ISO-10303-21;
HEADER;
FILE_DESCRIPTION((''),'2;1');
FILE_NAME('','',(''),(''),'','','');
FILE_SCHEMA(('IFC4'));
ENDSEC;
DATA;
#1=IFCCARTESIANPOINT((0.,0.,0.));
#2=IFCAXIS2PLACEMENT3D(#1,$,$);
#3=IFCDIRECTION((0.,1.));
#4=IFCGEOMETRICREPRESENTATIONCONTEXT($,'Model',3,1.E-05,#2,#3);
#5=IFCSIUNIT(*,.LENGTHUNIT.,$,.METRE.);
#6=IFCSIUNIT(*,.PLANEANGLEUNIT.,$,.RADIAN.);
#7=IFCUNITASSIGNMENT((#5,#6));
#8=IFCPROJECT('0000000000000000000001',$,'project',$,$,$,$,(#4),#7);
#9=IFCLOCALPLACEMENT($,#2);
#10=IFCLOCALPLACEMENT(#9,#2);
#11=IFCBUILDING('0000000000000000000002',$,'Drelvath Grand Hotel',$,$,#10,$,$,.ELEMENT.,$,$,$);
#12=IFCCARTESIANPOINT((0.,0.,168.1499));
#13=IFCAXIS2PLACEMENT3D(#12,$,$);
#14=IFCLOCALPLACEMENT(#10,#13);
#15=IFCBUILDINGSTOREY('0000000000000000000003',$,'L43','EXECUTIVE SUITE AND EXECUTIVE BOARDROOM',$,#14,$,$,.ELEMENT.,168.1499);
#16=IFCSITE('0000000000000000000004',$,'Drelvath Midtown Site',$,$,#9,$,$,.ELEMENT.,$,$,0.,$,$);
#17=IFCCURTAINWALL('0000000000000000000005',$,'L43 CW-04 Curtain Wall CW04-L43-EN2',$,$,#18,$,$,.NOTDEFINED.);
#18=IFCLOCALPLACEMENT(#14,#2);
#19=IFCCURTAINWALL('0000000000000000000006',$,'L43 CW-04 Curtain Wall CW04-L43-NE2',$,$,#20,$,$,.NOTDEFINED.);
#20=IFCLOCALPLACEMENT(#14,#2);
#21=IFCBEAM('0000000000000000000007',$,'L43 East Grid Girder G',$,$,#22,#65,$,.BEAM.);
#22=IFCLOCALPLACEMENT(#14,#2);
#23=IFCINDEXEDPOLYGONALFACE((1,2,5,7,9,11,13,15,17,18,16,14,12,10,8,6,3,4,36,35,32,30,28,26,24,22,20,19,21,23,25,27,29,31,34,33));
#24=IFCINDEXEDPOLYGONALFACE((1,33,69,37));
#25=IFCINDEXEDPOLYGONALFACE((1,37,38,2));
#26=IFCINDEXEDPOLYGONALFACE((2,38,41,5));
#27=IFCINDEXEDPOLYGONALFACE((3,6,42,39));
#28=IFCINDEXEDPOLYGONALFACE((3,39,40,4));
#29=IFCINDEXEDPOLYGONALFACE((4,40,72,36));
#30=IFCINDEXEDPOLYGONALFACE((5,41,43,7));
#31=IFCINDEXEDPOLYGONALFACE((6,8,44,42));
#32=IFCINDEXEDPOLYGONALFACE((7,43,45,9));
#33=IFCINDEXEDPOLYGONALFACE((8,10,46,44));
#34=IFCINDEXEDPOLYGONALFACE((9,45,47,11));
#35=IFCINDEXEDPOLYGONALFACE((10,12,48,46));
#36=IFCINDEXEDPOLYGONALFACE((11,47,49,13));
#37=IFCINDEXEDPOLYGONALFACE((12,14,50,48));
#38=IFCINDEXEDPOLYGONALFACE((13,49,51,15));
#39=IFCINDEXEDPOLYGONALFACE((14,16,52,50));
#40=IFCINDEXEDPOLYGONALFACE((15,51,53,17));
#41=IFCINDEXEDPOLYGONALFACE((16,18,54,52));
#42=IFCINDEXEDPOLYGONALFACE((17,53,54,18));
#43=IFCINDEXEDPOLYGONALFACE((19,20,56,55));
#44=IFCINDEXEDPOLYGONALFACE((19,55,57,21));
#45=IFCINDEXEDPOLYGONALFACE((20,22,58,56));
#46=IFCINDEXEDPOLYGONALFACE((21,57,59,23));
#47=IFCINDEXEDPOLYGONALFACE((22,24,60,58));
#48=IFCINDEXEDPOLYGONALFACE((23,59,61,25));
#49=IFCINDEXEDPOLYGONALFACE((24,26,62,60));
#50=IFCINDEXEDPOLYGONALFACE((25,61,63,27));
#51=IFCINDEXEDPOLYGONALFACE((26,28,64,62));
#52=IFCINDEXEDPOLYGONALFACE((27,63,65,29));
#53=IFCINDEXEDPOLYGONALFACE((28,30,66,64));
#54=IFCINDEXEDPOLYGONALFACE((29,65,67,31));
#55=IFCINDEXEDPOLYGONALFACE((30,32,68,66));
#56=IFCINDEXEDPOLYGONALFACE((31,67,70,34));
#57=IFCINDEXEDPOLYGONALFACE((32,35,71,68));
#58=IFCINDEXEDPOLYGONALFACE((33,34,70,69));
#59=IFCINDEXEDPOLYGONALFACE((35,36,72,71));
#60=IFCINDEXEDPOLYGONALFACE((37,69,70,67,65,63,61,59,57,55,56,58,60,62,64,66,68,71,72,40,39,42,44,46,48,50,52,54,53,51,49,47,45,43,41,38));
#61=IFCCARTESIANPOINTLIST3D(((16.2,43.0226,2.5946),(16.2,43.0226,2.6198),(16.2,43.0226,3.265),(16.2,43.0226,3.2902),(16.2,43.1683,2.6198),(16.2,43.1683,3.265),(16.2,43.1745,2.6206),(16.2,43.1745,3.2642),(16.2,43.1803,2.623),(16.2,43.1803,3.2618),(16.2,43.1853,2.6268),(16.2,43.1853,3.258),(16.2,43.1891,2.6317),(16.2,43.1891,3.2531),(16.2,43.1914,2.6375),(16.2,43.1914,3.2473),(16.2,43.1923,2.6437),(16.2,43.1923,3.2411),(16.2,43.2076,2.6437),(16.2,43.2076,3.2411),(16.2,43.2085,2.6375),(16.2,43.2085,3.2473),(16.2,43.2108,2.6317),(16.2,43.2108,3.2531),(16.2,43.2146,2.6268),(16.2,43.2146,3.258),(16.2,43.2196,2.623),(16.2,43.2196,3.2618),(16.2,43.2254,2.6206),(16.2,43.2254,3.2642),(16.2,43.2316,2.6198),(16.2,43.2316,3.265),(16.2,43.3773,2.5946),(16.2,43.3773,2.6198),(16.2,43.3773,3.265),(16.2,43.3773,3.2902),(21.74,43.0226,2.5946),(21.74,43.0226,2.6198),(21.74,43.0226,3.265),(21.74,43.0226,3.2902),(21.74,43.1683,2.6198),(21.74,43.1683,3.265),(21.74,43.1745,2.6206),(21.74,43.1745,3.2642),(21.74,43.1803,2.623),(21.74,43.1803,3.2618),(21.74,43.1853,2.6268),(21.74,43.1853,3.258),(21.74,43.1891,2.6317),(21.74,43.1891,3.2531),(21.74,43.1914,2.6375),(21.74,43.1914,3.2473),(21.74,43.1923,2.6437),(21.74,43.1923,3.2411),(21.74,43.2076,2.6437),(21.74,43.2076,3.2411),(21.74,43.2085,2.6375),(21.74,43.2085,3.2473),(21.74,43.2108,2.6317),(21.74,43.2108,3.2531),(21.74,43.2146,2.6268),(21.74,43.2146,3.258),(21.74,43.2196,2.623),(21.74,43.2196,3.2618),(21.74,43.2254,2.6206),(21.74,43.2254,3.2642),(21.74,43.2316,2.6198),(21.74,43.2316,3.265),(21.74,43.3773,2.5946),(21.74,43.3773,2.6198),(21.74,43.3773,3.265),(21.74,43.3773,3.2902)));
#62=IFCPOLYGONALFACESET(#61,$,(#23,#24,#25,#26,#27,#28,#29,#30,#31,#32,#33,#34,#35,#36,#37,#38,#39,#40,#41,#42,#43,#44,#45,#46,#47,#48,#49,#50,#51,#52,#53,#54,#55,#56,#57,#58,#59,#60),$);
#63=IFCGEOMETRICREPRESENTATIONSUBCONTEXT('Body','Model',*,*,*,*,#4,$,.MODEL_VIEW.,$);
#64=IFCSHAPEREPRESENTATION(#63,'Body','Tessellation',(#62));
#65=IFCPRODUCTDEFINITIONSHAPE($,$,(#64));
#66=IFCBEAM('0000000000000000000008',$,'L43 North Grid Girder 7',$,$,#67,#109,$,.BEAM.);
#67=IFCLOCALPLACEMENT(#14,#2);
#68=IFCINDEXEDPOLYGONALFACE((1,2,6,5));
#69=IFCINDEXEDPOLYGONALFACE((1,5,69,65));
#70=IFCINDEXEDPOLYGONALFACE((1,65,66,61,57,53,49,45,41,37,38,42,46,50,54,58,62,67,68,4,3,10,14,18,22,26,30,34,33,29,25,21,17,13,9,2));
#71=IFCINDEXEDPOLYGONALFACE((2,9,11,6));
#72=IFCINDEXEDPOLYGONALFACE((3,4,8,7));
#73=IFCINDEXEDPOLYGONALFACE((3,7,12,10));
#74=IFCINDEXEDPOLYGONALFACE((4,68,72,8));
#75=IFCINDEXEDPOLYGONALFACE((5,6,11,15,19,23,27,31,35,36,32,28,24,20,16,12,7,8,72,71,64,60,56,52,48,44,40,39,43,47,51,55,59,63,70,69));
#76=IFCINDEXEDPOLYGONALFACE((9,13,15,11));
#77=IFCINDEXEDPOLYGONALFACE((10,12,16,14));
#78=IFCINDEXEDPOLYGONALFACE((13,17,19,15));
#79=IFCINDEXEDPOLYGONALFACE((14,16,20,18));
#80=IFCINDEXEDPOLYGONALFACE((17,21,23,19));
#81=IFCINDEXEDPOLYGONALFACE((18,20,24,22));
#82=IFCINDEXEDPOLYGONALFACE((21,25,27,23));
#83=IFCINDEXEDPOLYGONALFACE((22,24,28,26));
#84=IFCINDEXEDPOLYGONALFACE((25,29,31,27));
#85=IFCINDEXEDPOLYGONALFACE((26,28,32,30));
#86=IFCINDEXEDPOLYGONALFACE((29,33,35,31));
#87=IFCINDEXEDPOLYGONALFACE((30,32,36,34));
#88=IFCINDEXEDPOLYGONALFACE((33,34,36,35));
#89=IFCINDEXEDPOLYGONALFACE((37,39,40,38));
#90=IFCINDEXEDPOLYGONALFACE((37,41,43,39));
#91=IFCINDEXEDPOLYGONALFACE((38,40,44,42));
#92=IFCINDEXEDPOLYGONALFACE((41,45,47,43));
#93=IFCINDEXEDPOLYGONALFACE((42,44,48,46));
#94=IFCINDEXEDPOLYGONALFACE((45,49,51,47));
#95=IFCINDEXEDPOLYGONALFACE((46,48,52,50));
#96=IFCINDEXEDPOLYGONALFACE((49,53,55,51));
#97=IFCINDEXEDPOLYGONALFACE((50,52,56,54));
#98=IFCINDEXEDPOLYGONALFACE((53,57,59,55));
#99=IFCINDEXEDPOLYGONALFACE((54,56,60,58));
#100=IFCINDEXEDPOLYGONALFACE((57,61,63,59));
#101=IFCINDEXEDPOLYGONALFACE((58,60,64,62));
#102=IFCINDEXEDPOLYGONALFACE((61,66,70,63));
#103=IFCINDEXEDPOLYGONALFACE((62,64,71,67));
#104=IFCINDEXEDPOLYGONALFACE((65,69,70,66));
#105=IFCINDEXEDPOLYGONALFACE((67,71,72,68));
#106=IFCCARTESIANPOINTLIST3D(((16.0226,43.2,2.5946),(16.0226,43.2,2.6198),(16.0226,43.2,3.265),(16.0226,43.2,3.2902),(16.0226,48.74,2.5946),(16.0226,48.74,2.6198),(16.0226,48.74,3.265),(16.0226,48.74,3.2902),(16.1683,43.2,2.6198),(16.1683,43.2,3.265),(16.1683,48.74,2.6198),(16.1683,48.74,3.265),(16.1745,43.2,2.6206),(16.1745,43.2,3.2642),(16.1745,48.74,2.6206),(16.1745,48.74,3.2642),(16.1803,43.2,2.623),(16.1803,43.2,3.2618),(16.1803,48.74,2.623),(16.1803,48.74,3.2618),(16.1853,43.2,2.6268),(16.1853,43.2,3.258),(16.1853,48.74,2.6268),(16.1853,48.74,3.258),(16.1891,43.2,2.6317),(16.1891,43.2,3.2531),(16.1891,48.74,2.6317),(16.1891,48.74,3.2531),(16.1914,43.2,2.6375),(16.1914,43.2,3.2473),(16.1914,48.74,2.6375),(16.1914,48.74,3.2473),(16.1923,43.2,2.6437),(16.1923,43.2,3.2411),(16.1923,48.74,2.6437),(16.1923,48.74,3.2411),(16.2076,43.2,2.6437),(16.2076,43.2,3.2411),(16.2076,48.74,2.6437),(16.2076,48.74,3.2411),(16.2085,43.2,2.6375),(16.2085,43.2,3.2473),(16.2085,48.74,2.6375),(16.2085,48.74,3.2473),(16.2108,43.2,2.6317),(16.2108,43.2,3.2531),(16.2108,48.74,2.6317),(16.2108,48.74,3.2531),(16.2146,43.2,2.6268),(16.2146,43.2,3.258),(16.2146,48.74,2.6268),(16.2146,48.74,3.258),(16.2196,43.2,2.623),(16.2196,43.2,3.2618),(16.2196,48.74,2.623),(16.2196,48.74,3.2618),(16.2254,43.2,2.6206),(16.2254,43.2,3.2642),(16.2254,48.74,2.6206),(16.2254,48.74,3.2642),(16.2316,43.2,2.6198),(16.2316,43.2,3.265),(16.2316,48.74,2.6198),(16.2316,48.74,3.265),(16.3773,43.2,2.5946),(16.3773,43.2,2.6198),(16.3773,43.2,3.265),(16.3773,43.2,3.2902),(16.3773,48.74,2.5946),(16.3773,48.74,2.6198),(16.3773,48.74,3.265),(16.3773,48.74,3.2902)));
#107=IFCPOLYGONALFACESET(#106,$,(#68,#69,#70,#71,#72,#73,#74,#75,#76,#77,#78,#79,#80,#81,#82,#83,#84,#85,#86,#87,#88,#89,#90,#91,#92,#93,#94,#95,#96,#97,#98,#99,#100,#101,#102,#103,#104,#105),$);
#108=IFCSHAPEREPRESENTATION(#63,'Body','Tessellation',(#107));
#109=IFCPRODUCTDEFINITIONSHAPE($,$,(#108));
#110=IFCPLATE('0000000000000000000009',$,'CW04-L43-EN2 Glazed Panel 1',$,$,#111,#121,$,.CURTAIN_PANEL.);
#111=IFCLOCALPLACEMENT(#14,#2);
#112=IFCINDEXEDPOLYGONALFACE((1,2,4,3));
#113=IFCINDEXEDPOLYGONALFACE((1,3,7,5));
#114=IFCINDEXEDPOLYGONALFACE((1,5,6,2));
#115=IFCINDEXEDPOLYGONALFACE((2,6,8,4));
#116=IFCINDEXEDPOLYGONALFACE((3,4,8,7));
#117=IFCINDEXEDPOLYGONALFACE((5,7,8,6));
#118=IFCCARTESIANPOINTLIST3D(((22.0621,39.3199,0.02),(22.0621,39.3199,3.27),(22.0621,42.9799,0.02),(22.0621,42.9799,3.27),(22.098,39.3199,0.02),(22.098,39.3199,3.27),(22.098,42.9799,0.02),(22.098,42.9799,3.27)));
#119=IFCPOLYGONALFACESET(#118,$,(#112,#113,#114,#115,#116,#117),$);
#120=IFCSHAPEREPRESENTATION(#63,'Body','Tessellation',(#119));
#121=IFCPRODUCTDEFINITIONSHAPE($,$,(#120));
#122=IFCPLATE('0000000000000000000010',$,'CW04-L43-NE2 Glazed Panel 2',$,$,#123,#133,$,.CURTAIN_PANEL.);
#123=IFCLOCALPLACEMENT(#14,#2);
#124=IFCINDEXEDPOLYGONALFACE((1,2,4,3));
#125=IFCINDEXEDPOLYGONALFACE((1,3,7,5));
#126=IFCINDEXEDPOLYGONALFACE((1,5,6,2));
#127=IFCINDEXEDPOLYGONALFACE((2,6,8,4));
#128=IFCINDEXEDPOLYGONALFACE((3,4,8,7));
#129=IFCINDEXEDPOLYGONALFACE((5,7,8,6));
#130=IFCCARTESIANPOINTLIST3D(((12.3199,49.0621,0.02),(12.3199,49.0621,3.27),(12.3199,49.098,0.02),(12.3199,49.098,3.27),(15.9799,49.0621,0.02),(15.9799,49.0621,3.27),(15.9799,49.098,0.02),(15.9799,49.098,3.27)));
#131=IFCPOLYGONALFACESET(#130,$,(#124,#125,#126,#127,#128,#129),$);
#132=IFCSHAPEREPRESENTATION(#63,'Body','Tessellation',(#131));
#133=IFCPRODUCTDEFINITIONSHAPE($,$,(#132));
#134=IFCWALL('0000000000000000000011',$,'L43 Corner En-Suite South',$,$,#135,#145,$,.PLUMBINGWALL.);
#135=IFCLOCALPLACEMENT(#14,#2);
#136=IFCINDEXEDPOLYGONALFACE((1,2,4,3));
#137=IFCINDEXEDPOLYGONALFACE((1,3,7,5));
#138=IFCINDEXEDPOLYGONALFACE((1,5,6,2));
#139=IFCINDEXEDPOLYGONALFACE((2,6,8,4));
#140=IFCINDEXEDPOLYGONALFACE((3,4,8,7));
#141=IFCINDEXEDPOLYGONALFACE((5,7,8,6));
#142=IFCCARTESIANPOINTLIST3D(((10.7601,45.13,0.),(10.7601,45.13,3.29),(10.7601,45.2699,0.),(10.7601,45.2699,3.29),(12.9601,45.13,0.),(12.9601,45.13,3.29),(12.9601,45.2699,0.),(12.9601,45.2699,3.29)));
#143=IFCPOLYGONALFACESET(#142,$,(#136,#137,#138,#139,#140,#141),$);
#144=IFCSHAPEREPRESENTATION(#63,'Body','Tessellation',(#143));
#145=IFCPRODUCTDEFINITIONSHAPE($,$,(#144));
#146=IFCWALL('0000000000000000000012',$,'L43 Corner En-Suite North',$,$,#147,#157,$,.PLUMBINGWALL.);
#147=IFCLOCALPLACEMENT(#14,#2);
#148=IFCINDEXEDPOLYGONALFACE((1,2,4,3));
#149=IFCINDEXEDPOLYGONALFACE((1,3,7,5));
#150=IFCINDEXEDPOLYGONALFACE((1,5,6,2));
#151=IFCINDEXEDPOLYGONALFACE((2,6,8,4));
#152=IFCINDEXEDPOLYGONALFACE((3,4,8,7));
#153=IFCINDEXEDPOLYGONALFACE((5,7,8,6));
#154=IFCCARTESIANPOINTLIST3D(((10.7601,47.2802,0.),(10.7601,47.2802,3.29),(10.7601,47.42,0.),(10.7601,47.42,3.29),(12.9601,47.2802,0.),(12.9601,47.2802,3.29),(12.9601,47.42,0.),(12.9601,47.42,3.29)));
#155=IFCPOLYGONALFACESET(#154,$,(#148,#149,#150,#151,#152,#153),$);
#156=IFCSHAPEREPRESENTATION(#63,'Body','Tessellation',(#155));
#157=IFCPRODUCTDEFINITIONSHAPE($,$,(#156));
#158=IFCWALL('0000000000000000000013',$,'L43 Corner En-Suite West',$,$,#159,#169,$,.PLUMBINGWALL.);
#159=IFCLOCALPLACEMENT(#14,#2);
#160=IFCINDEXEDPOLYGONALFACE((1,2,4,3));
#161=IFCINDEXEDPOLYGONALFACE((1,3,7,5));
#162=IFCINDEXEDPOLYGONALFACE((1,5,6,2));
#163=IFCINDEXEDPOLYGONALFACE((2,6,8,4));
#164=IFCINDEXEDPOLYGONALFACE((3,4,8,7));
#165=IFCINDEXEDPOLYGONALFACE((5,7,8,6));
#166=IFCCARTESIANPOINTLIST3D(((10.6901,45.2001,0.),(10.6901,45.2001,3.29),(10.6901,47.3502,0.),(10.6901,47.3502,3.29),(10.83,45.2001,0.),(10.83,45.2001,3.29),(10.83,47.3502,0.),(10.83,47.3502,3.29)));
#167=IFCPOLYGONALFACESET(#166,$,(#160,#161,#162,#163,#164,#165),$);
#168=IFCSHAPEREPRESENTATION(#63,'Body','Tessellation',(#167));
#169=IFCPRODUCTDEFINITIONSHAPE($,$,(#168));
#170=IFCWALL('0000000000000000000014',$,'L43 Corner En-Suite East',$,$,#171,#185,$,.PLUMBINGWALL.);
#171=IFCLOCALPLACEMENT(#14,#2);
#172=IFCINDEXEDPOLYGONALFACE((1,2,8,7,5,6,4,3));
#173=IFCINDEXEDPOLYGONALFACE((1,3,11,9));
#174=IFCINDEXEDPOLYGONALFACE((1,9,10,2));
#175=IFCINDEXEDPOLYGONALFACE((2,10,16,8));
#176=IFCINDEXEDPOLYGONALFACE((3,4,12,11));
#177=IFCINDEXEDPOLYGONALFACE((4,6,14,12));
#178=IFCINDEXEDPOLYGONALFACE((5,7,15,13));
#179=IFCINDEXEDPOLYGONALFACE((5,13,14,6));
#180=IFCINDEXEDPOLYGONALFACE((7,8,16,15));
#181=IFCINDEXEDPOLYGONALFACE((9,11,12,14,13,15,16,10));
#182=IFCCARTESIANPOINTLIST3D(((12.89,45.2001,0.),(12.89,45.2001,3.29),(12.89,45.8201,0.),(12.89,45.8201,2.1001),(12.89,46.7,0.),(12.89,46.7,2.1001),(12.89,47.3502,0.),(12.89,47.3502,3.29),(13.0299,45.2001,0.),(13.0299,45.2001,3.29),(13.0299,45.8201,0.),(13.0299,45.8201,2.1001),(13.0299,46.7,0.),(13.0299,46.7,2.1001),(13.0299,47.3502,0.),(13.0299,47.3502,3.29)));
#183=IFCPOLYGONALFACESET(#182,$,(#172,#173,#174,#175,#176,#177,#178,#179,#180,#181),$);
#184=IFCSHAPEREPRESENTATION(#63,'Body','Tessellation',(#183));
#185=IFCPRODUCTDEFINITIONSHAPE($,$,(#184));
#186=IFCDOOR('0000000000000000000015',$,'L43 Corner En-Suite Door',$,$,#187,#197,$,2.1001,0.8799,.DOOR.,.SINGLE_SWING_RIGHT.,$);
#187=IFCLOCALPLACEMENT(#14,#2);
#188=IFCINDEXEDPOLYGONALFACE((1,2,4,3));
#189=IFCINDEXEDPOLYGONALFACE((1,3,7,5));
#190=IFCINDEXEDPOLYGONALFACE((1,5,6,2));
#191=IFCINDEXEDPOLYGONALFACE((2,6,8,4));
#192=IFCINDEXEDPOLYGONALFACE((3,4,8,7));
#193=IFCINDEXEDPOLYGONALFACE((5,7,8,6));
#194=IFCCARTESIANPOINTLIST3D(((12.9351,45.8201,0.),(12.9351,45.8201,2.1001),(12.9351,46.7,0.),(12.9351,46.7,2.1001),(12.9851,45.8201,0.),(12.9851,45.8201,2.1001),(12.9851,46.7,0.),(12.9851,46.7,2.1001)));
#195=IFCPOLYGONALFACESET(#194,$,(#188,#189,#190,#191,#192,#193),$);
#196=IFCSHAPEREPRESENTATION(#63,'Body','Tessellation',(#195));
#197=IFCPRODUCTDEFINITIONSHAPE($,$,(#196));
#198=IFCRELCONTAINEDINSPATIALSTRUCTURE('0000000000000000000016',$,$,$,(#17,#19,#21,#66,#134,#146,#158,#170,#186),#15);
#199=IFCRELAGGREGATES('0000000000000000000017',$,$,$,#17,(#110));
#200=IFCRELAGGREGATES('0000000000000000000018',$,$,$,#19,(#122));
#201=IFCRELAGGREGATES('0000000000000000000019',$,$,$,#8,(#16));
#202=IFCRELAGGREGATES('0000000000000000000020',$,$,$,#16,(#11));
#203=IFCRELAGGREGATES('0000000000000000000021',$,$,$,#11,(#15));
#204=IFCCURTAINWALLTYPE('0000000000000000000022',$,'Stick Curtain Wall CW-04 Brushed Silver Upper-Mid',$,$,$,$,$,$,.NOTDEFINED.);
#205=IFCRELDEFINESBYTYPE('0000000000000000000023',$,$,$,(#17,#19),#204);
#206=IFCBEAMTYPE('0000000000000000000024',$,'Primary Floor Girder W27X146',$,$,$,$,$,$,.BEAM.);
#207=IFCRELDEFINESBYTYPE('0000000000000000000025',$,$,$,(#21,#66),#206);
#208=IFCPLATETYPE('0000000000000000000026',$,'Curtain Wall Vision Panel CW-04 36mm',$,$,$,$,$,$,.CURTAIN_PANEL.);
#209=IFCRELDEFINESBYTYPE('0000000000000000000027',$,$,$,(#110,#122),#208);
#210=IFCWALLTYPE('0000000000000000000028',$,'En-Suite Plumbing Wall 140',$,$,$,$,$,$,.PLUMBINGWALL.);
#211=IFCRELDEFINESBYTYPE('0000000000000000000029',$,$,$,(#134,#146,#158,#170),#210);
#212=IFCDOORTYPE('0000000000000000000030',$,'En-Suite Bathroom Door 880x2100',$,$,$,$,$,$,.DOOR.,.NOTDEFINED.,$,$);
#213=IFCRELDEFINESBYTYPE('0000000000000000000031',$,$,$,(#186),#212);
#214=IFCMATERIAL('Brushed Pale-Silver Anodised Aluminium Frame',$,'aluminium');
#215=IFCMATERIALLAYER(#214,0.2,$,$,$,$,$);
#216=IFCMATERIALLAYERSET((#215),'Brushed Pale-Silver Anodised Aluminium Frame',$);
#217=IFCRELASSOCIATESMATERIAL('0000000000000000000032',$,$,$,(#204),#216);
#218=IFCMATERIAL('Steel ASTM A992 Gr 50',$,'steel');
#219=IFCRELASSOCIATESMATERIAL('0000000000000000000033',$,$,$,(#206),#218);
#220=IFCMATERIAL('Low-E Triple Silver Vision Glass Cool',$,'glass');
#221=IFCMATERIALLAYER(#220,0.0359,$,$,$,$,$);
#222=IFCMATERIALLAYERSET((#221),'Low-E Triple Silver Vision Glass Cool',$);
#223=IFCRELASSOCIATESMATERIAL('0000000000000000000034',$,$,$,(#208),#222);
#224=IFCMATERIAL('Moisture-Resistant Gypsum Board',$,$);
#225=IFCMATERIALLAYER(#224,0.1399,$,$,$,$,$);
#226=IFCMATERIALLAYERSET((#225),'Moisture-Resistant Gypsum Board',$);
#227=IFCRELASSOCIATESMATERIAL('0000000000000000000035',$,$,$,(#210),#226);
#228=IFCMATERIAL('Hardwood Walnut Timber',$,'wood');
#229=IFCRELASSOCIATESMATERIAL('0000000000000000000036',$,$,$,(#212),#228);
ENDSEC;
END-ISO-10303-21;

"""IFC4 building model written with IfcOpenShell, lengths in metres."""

from ifc_helpers import new_model, si_unit, direction, frame, frame_2d, origin, origin_2d, place, context, subcontext, project, spatial, rectangle, i_section, extrude, material, layer, layer_set, material_profile, profile_set, type_object, element, fill, aggregate, save


model = new_model("IFC4")

# Units and contexts
model_context = context("Model", 3, precision=1e-05, world=origin(), true_north=direction((0.0, 1.0)))
body_context = subcontext(model_context, "Body", "Model", "MODEL_VIEW")
ifc_project = project(units=[si_unit("LENGTHUNIT", "METRE"), si_unit("PLANEANGLEUNIT", "RADIAN")], contexts=[model_context])

# Site, building, storey
site_placement = place(None, origin())
site = spatial("IfcSite", under=ifc_project, at=site_placement, Name="Drelvath Midtown Site", CompositionType="ELEMENT", RefElevation=0.0)
building_placement = place(site_placement, origin())
building = spatial("IfcBuilding", under=site, at=building_placement, Name="Drelvath Grand Hotel", CompositionType="ELEMENT")
storey_placement = place(building_placement, frame((0.0, 0.0, 168.1499)))
storey = spatial("IfcBuildingStorey", under=building, at=storey_placement, Name="L43", Description="EXECUTIVE SUITE AND EXECUTIVE BOARDROOM", CompositionType="ELEMENT", Elevation=168.1499)

# Curtain walls
ifc_material_1 = material(Name="Brushed Pale-Silver Anodised Aluminium Frame", Category="aluminium")
ifc_layer_1 = layer(ifc_material_1, 0.2)
ifc_layer_set_1 = layer_set([ifc_layer_1], Name="Brushed Pale-Silver Anodised Aluminium Frame")
curtain_wall_type = type_object("IfcCurtainWallType", Name="Stick Curtain Wall CW-04 Brushed Silver Upper-Mid", PredefinedType="NOTDEFINED", material=ifc_layer_set_1)
curtain_wall_1_placement = place(storey_placement, origin())
curtain_wall_1 = element("IfcCurtainWall", 1, at=curtain_wall_1_placement, inside=storey, type_object=curtain_wall_type, Name="L43 CW-04 Curtain Wall CW04-L43-EN2", PredefinedType="NOTDEFINED")
curtain_wall_2_placement = place(storey_placement, origin())
curtain_wall_2 = element("IfcCurtainWall", 2, at=curtain_wall_2_placement, inside=storey, type_object=curtain_wall_type, Name="L43 CW-04 Curtain Wall CW04-L43-NE2", PredefinedType="NOTDEFINED")

# Beams
ifc_material_2 = material(Name="Steel ASTM A992 Gr 50", Category="steel")
ifc_material_profile_1 = material_profile(ifc_material_2, i_section(OverallWidth=0.3547, OverallDepth=0.6956, WebThickness=0.0154, FlangeThickness=0.0251, FilletRadius=0.0239, at=origin_2d()), Name="W27X146")
ifc_profile_set_1 = profile_set([ifc_material_profile_1], Name="Steel ASTM A992 Gr 50")
beam_type = type_object("IfcBeamType", Name="Primary Floor Girder W27X146", PredefinedType="BEAM", material=ifc_profile_set_1)
for number, where, z_axis, x_axis, name in (
    (3, (16.2, 43.2, 2.9424), (1.0, 0.0, 0.0), (0.0, 1.0, 0.0), "L43 East Grid Girder G"),
    (4, (16.2, 43.2, 2.9424), (0.0, 1.0, 0.0), (-1.0, 0.0, 0.0), "L43 North Grid Girder 7"),
):
    element("IfcBeam", number, at=place(storey_placement, frame(where, z_axis=z_axis, x_axis=x_axis)), inside=storey, type_object=beam_type, Name=name, PredefinedType="BEAM", context=body_context, shape_type="SweptSolid", body=[
        extrude(i_section(OverallWidth=0.3547, OverallDepth=0.6956, WebThickness=0.0154, FlangeThickness=0.0251, FilletRadius=0.0239, at=origin_2d()), origin(), (0.0, 0.0, 1.0), 5.54),
    ])

# Plates
ifc_material_3 = material(Name="Low-E Triple Silver Vision Glass Cool", Category="glass")
ifc_layer_2 = layer(ifc_material_3, 0.0359)
ifc_layer_set_2 = layer_set([ifc_layer_2], Name="Low-E Triple Silver Vision Glass Cool")
plate_type = type_object("IfcPlateType", Name="Curtain Wall Vision Panel CW-04 36mm", PredefinedType="CURTAIN_PANEL", material=ifc_layer_set_2)
plate_1_placement = place(storey_placement, frame((22.0801, 41.1499, 0.02), z_axis=(0.0, 0.0, 1.0), x_axis=(0.0, -1.0, 0.0)))
plate_1 = element("IfcPlate", 5, at=plate_1_placement, type_object=plate_type, Name="CW04-L43-EN2 Glazed Panel 1", PredefinedType="CURTAIN_PANEL", context=body_context, shape_type="SweptSolid", body=[
    extrude(rectangle(XDim=3.6599, YDim=0.0359, at=origin_2d()), origin(), (0.0, 0.0, 1.0), 3.25),
])
aggregate(curtain_wall_1, [plate_1])
plate_2_placement = place(storey_placement, frame((14.1499, 49.0801, 0.02), z_axis=(0.0, 0.0, 1.0), x_axis=(1.0, 0.0, 0.0)))
plate_2 = element("IfcPlate", 6, at=plate_2_placement, type_object=plate_type, Name="CW04-L43-NE2 Glazed Panel 2", PredefinedType="CURTAIN_PANEL", context=body_context, shape_type="SweptSolid", body=[
    extrude(rectangle(XDim=3.6599, YDim=0.0359, at=origin_2d()), origin(), (0.0, 0.0, 1.0), 3.25),
])
aggregate(curtain_wall_2, [plate_2])

# Walls
ifc_material_4 = material(Name="Moisture-Resistant Gypsum Board")
ifc_layer_3 = layer(ifc_material_4, 0.1399)
ifc_layer_set_3 = layer_set([ifc_layer_3], Name="Moisture-Resistant Gypsum Board")
wall_type_1 = type_object("IfcWallType", Name="En-Suite Plumbing Wall 140", PredefinedType="PLUMBINGWALL", material=ifc_layer_set_3)
for number, where, z_axis, x_axis, name in (
    (7, (10.76, 45.2, 0.0), (0.0, 0.0, 1.0), (1.0, 0.0, 0.0), "L43 Corner En-Suite South"),
    (8, (10.76, 47.3501, 0.0), (0.0, 0.0, 1.0), (1.0, 0.0, 0.0), "L43 Corner En-Suite North"),
):
    element("IfcWall", number, at=place(storey_placement, frame(where, z_axis=z_axis, x_axis=x_axis)), inside=storey, type_object=wall_type_1, Name=name, PredefinedType="PLUMBINGWALL", context=body_context, shape_type="SweptSolid", body=[
        extrude(rectangle(XDim=2.2, YDim=0.1399, at=frame_2d((1.1001, 0.0))), origin(), (0.0, 0.0, 1.0), 3.29),
    ])
wall_1_placement = place(storey_placement, frame((10.76, 45.2, 0.0), z_axis=(0.0, 0.0, 1.0), x_axis=(0.0, 1.0, 0.0)))
element("IfcWall", 9, at=wall_1_placement, inside=storey, type_object=wall_type_1, Name="L43 Corner En-Suite West", PredefinedType="PLUMBINGWALL", context=body_context, shape_type="SweptSolid", body=[
    extrude(rectangle(XDim=2.1501, YDim=0.1399, at=frame_2d((1.0752, 0.0))), origin(), (0.0, 0.0, 1.0), 3.29),
])

# Wall, opening, door
wall_2_placement = place(storey_placement, frame((12.96, 45.2, 0.0), z_axis=(0.0, 0.0, 1.0), x_axis=(0.0, 1.0, 0.0)))
wall_2 = element("IfcWall", 10, at=wall_2_placement, inside=storey, type_object=wall_type_1, Name="L43 Corner En-Suite East", PredefinedType="PLUMBINGWALL", context=body_context, shape_type="SweptSolid", body=[
    extrude(rectangle(XDim=2.1501, YDim=0.1399, at=frame_2d((1.0752, 0.0))), origin(), (0.0, 0.0, 1.0), 3.29),
])
opening_1_placement = place(wall_2_placement, frame((0.6201, 0.0, 0.0)))
opening_1 = element("IfcOpeningElement", 11, at=opening_1_placement, cuts=wall_2, PredefinedType="OPENING", context=body_context, shape_type="SweptSolid", body=[
    extrude(rectangle(XDim=0.8799, YDim=2.1001, at=frame_2d((0.4399, 1.05))), frame((0.0, 0.0798, 0.0), z_axis=(0.0, -1.0, 0.0), x_axis=(1.0, 0.0, 0.0)), (0.0, 0.0, 1.0), 0.1599),
])
ifc_material_5 = material(Name="Hardwood Walnut Timber", Category="wood")
door_type = type_object("IfcDoorType", Name="En-Suite Bathroom Door 880x2100", OperationType="NOTDEFINED", PredefinedType="DOOR", material=ifc_material_5)
door_1_placement = place(opening_1_placement, origin())
door_1 = element("IfcDoor", 12, at=door_1_placement, inside=storey, type_object=door_type, Name="L43 Corner En-Suite Door", OperationType="SINGLE_SWING_RIGHT", OverallHeight=2.1001, OverallWidth=0.8799, PredefinedType="DOOR", context=body_context, shape_type="SweptSolid", body=[
    extrude(rectangle(XDim=0.8799, YDim=2.1001, at=frame_2d((0.4399, 1.05))), frame((0.0, 0.0249, 0.0), z_axis=(0.0, -1.0, 0.0), x_axis=(1.0, 0.0, 0.0)), (0.0, 0.0, 1.0), 0.05),
])
fill(opening_1, door_1)

save(model, "model.ifc")
